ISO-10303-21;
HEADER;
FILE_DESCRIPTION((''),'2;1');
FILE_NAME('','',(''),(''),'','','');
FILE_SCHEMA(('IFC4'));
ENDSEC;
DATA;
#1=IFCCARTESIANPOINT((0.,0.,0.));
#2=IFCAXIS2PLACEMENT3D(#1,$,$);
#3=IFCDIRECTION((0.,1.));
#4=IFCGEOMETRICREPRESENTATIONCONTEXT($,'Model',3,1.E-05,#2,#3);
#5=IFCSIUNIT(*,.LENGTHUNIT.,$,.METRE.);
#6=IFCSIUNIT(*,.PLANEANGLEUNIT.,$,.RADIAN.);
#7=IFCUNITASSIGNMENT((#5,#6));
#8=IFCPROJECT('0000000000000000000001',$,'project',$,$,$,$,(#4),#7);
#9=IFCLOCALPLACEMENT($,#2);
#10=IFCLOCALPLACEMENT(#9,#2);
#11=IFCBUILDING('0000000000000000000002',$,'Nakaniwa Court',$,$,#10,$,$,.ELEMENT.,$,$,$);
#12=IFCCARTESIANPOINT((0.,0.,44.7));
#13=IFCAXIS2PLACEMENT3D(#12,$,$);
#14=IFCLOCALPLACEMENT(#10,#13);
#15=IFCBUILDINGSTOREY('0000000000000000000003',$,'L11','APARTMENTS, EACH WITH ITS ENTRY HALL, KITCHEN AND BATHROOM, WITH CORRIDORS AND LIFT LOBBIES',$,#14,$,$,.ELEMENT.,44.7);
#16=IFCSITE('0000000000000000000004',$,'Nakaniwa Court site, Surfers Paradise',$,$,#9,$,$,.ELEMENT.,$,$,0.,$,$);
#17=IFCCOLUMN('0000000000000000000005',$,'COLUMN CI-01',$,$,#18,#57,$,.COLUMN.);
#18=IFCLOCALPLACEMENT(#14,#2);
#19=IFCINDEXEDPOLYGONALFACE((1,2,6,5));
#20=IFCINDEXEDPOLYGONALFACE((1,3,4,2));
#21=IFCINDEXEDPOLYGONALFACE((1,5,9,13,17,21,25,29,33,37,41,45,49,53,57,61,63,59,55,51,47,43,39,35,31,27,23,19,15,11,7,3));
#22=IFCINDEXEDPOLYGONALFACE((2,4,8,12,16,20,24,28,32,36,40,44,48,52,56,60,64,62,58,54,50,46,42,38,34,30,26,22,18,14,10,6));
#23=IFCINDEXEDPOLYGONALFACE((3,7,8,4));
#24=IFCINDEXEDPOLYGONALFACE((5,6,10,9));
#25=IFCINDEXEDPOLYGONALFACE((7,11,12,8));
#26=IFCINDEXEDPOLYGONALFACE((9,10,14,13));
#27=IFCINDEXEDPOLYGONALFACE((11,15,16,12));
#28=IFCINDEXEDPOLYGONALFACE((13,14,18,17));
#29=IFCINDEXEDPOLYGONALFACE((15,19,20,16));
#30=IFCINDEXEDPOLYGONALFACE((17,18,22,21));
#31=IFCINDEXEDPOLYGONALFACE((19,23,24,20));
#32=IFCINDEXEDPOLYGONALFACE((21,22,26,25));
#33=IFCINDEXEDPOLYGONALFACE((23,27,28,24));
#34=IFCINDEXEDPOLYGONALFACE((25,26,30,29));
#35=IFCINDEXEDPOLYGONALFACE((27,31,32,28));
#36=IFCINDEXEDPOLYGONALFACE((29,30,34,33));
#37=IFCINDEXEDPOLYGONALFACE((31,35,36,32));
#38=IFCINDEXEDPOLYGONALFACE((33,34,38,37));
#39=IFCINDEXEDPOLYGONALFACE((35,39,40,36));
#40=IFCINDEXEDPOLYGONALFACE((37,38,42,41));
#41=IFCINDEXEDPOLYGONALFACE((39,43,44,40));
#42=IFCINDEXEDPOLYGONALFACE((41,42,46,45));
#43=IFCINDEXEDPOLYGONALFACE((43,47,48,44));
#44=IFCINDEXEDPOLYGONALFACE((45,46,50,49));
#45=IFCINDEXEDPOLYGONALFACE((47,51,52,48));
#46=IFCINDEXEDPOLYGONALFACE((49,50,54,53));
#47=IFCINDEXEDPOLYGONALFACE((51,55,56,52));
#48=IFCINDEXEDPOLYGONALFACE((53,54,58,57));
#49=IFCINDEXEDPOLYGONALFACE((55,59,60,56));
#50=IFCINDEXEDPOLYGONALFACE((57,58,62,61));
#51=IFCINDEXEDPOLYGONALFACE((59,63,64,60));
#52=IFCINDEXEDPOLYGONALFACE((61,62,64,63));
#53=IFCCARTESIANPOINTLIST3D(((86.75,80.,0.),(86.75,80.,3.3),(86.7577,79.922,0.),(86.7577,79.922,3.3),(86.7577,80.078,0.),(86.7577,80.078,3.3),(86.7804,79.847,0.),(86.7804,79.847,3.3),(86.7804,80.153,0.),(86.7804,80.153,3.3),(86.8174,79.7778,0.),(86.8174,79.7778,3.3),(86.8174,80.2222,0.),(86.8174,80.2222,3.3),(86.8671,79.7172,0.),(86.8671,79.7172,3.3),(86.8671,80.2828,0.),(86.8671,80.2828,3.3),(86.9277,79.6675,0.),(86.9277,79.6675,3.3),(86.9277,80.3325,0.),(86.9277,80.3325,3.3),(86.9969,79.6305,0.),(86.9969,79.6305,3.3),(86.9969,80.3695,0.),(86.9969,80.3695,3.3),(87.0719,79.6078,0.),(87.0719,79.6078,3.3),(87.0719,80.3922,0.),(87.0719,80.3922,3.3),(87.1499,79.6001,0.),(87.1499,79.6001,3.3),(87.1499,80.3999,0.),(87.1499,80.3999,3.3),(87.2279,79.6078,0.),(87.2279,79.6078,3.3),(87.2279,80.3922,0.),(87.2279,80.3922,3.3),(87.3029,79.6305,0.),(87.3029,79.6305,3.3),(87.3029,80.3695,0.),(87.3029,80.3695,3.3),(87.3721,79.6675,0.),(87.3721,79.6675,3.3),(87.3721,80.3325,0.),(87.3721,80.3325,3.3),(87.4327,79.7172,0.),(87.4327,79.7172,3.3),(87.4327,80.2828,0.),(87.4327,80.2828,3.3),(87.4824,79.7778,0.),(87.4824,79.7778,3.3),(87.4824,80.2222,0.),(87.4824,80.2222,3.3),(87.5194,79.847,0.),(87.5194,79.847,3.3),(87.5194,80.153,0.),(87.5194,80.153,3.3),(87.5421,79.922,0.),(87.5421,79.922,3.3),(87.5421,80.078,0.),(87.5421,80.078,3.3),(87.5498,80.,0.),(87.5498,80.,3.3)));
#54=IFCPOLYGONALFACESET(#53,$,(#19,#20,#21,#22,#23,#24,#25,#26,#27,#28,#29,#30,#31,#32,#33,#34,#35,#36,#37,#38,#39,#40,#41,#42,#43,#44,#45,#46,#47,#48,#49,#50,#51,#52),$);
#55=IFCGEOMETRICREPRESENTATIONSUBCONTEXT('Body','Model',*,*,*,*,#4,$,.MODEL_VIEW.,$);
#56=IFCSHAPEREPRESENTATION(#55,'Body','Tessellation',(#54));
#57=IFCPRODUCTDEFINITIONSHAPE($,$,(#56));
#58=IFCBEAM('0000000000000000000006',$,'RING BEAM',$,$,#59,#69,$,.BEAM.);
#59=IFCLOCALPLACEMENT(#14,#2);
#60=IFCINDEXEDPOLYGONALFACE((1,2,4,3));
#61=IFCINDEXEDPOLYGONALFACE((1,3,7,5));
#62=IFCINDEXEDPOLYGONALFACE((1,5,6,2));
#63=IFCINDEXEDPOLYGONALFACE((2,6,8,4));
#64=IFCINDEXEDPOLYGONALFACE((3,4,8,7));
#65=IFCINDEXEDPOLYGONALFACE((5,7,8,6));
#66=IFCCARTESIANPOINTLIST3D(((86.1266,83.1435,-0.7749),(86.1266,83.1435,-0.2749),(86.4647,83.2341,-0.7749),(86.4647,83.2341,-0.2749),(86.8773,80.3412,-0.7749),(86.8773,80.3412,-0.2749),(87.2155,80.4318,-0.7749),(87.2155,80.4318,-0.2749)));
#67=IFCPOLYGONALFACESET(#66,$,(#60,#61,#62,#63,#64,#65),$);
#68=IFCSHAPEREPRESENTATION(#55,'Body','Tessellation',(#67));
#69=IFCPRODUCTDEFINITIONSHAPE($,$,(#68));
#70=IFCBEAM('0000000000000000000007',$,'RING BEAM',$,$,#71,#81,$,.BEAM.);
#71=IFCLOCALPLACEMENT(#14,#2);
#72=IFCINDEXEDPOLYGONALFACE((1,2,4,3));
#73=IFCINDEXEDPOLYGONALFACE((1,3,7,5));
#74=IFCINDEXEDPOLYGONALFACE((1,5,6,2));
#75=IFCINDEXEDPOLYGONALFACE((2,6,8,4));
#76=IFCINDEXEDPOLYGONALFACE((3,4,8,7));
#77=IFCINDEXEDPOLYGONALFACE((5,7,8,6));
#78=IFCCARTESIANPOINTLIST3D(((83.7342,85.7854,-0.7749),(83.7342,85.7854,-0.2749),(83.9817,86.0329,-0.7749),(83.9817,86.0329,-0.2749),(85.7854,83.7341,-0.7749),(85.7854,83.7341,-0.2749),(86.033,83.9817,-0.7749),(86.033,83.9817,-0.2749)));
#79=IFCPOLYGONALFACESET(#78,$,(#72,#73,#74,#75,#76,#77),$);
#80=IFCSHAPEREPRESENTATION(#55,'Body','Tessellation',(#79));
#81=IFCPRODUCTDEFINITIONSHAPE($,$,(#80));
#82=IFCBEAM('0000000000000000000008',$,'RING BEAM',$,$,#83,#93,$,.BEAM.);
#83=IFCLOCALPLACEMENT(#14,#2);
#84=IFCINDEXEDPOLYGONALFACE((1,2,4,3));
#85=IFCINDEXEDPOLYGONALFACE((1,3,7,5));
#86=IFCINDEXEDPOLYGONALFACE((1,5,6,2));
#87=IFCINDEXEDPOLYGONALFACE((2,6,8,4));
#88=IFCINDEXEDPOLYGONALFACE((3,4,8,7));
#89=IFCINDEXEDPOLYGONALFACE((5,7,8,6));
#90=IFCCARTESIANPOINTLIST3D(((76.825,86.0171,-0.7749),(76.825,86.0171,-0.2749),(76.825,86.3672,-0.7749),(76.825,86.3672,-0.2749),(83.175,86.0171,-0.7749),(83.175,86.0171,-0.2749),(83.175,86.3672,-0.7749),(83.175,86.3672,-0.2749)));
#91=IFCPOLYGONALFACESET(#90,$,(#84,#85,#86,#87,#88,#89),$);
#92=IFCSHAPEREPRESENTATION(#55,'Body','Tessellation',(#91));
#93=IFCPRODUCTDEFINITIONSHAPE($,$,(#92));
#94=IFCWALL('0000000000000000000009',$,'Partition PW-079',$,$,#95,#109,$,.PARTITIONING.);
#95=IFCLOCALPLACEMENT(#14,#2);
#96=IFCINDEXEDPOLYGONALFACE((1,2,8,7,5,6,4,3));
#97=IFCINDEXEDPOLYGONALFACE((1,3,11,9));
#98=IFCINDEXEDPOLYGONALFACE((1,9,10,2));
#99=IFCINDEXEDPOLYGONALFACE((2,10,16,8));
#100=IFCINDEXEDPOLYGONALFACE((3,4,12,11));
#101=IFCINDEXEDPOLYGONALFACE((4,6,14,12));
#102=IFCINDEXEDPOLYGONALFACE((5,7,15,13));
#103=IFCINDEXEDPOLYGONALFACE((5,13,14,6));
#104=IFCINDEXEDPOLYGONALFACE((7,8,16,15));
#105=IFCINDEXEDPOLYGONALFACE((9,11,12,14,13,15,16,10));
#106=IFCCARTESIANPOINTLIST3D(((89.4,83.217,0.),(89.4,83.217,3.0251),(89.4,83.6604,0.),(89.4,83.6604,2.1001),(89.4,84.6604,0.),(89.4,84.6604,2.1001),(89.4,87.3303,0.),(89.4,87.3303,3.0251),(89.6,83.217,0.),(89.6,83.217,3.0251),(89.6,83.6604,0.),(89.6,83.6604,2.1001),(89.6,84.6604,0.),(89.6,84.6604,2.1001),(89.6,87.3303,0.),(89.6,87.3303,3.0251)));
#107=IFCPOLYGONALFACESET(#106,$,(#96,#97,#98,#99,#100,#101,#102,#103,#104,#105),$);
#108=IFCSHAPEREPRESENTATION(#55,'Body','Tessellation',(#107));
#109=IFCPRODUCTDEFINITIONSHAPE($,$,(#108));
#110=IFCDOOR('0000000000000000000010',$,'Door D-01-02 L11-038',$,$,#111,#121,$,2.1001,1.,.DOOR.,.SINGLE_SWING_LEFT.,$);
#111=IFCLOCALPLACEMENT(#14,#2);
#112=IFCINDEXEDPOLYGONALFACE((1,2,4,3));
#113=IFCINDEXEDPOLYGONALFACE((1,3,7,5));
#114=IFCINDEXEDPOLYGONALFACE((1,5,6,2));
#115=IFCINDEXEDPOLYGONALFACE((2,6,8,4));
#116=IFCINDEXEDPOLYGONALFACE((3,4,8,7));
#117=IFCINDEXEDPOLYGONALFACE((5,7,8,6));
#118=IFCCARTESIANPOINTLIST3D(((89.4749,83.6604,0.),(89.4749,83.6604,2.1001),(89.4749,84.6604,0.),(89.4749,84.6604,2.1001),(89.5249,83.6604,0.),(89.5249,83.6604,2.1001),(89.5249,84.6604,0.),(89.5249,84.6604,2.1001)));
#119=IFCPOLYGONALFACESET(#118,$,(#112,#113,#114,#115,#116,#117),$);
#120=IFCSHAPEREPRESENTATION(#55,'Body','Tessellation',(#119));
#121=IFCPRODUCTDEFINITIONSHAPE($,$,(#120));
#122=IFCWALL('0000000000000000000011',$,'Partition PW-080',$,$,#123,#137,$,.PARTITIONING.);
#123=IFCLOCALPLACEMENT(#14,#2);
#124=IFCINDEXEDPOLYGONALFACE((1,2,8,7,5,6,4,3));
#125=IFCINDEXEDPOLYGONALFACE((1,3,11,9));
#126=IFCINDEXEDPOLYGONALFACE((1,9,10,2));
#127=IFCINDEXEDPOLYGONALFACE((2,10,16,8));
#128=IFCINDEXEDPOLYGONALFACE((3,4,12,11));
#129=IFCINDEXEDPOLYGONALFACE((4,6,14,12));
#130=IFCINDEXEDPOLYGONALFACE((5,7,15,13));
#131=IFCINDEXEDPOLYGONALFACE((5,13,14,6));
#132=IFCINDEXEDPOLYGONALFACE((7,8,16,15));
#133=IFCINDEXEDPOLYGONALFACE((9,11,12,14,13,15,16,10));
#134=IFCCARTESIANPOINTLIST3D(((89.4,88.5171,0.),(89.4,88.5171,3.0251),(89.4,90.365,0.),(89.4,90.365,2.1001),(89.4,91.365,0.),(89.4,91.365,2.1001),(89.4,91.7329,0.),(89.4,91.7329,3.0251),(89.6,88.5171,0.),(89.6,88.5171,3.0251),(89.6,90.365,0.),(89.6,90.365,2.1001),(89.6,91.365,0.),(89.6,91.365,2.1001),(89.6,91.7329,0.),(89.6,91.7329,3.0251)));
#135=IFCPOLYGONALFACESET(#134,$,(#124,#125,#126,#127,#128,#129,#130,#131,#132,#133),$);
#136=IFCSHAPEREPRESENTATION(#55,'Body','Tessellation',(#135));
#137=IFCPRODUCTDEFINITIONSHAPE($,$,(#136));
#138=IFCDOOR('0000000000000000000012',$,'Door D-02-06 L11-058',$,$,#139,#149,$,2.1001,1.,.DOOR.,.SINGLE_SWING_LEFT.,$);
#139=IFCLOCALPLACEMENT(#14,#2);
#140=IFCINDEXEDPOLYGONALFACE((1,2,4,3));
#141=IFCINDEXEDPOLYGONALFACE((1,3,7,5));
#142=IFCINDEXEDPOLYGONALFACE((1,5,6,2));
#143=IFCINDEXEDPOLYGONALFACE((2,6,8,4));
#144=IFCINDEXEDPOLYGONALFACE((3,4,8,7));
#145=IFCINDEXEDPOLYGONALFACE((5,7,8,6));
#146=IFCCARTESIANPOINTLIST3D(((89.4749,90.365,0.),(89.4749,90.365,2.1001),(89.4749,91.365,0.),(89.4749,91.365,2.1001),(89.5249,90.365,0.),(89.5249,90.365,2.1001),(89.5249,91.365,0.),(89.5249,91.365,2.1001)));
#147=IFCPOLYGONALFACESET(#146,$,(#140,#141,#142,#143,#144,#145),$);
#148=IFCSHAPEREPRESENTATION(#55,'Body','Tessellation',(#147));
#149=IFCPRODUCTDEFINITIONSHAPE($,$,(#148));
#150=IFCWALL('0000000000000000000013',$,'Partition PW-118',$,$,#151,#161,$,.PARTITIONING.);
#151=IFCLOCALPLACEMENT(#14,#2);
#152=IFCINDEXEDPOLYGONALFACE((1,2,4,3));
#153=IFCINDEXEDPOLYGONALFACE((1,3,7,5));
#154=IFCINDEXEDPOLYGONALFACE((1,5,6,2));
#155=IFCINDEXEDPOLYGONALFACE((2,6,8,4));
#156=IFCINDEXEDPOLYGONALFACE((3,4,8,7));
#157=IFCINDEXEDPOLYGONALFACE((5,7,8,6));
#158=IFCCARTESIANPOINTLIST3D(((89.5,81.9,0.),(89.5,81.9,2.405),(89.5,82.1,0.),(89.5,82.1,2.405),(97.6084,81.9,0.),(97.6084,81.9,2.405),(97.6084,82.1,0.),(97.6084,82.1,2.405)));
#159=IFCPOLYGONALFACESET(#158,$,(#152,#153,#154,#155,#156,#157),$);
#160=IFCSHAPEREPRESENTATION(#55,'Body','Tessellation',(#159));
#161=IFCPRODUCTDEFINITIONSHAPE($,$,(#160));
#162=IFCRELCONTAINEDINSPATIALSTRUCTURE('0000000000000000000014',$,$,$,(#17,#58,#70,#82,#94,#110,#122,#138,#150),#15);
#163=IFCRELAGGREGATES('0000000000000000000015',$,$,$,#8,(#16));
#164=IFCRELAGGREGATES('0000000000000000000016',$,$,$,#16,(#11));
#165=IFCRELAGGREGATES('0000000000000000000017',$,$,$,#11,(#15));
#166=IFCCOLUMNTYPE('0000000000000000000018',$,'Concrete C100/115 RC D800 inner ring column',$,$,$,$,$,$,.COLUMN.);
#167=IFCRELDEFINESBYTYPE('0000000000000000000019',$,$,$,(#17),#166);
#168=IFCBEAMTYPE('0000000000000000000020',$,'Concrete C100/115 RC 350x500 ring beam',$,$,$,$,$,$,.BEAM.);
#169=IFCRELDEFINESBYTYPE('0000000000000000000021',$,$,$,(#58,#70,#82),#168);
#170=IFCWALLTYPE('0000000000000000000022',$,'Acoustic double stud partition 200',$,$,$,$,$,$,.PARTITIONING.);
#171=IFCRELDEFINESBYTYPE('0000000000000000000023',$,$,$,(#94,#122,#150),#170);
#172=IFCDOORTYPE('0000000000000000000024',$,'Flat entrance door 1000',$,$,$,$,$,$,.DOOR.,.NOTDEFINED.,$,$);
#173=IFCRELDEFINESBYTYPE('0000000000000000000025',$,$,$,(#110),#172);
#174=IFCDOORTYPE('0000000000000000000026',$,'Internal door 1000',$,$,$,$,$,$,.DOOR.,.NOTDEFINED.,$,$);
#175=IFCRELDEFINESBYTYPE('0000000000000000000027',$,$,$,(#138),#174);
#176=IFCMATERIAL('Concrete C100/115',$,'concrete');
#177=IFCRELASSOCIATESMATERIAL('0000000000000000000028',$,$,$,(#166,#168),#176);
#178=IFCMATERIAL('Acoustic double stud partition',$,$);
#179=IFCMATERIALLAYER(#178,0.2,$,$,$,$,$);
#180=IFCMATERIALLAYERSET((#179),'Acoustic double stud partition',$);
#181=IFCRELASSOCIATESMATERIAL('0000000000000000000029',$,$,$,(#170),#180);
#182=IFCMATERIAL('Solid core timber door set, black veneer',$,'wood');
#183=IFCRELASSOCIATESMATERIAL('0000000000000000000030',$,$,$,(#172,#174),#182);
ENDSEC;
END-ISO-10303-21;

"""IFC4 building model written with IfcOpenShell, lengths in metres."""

from ifc_helpers import new_model, si_unit, direction, frame, frame_2d, origin, origin_2d, place, context, subcontext, project, spatial, rectangle, circle, extrude, material, layer, layer_set, material_profile, profile_set, type_object, element, fill, save


model = new_model("IFC4")

# Units and contexts
model_context = context("Model", 3, precision=1e-05, world=origin(), true_north=direction((0.0, 1.0)))
body_context = subcontext(model_context, "Body", "Model", "MODEL_VIEW")
ifc_project = project(units=[si_unit("LENGTHUNIT", "METRE"), si_unit("PLANEANGLEUNIT", "RADIAN")], contexts=[model_context])

# Site, building, storey
site_placement = place(None, origin())
site = spatial("IfcSite", under=ifc_project, at=site_placement, Name="Nakaniwa Court site, Surfers Paradise", CompositionType="ELEMENT", RefElevation=0.0)
building_placement = place(site_placement, origin())
building = spatial("IfcBuilding", under=site, at=building_placement, Name="Nakaniwa Court", CompositionType="ELEMENT")
storey_placement = place(building_placement, frame((0.0, 0.0, 44.7)))
storey = spatial("IfcBuildingStorey", under=building, at=storey_placement, Name="L11", Description="APARTMENTS, EACH WITH ITS ENTRY HALL, KITCHEN AND BATHROOM, WITH CORRIDORS AND LIFT LOBBIES", CompositionType="ELEMENT", Elevation=44.7)

# Column
ifc_material_1 = material(Name="Concrete C100/115", Category="concrete")
ifc_material_profile_1 = material_profile(ifc_material_1, circle(Radius=0.3999, at=origin_2d()), Name="Concrete C100/115 RC D800 inner ring column")
ifc_profile_set_1 = profile_set([ifc_material_profile_1], Name="Concrete C100/115")
column_type = type_object("IfcColumnType", Name="Concrete C100/115 RC D800 inner ring column", PredefinedType="COLUMN", material=ifc_profile_set_1)
for number, where, z_axis, x_axis, name in (
    (1, (87.1499, 80.0, 0.0), (0.0, 0.0, 1.0), (0.0, 1.0, 0.0), "COLUMN CI-01"),
):
    element("IfcColumn", number, at=place(storey_placement, frame(where, z_axis=z_axis, x_axis=x_axis)), inside=storey, type_object=column_type, Name=name, PredefinedType="COLUMN", context=body_context, shape_type="SweptSolid", body=[
        extrude(circle(Radius=0.3999, at=origin_2d()), origin(), (0.0, 0.0, 1.0), 3.3),
    ])

# Beams
ifc_material_profile_2 = material_profile(ifc_material_1, rectangle(XDim=0.3501, YDim=0.5, at=origin_2d()), Name="Concrete C100/115 RC 350x500 ring beam")
ifc_profile_set_2 = profile_set([ifc_material_profile_2], Name="Concrete C100/115")
beam_type = type_object("IfcBeamType", Name="Concrete C100/115 RC 350x500 ring beam", PredefinedType="BEAM", material=ifc_profile_set_2)
beam_1_placement = place(storey_placement, frame((87.0464, 80.3865, -0.5249), z_axis=(-0.258778, 0.965937, 0.0), x_axis=(-0.965937, -0.258778, 0.0)))
element("IfcBeam", 2, at=beam_1_placement, inside=storey, type_object=beam_type, Name="RING BEAM", PredefinedType="BEAM", context=body_context, shape_type="SweptSolid", body=[
    extrude(rectangle(XDim=0.3501, YDim=0.5, at=origin_2d()), origin(), (0.0, 0.0, 1.0), 2.9011),
])
beam_2_placement = place(storey_placement, frame((85.9092, 83.8579, -0.5249), z_axis=(-0.707107, 0.707107, 0.0), x_axis=(-0.707107, -0.707107, 0.0)))
element("IfcBeam", 3, at=beam_2_placement, inside=storey, type_object=beam_type, Name="RING BEAM", PredefinedType="BEAM", context=body_context, shape_type="SweptSolid", body=[
    extrude(rectangle(XDim=0.3501, YDim=0.5, at=origin_2d()), origin(), (0.0, 0.0, 1.0), 2.9009),
])
beam_3_placement = place(storey_placement, frame((83.175, 86.1921, -0.5249), z_axis=(-1.0, 0.0, 0.0), x_axis=(0.0, -1.0, 0.0)))
element("IfcBeam", 4, at=beam_3_placement, inside=storey, type_object=beam_type, Name="RING BEAM", PredefinedType="BEAM", context=body_context, shape_type="SweptSolid", body=[
    extrude(rectangle(XDim=0.3501, YDim=0.5, at=origin_2d()), origin(), (0.0, 0.0, 1.0), 6.3501),
])

# Walls, openings, doors
ifc_material_2 = material(Name="Acoustic double stud partition")
ifc_layer_1 = layer(ifc_material_2, 0.2)
ifc_layer_set_1 = layer_set([ifc_layer_1], Name="Acoustic double stud partition")
wall_type_1 = type_object("IfcWallType", Name="Acoustic double stud partition 200", PredefinedType="PARTITIONING", material=ifc_layer_set_1)
wall_1_placement = place(storey_placement, frame((89.5, 87.3303, 0.0), z_axis=(0.0, 0.0, 1.0), x_axis=(0.0, -1.0, 0.0)))
wall_1 = element("IfcWall", 5, at=wall_1_placement, inside=storey, type_object=wall_type_1, Name="Partition PW-079", PredefinedType="PARTITIONING", context=body_context, shape_type="SweptSolid", body=[
    extrude(rectangle(XDim=4.1133, YDim=0.2, at=frame_2d((2.0566, 0.0))), origin(), (0.0, 0.0, 1.0), 3.0251),
])
opening_1_placement = place(wall_1_placement, frame((2.6699, 0.0, 0.0)))
opening_1 = element("IfcOpeningElement", 6, at=opening_1_placement, cuts=wall_1, PredefinedType="OPENING", context=body_context, shape_type="SweptSolid", body=[
    extrude(rectangle(XDim=1.0, YDim=2.1001, at=frame_2d((0.5, 1.05))), frame((0.0, 0.1099, 0.0), z_axis=(0.0, -1.0, 0.0), x_axis=(1.0, 0.0, 0.0)), (0.0, 0.0, 1.0), 0.22),
])
ifc_material_3 = material(Name="Solid core timber door set, black veneer", Category="wood")
door_type_1 = type_object("IfcDoorType", Name="Flat entrance door 1000", OperationType="NOTDEFINED", PredefinedType="DOOR", material=ifc_material_3)
door_1_placement = place(opening_1_placement, origin())
door_1 = element("IfcDoor", 7, at=door_1_placement, inside=storey, type_object=door_type_1, Name="Door D-01-02 L11-038", OperationType="SINGLE_SWING_LEFT", OverallHeight=2.1001, OverallWidth=1.0, PredefinedType="DOOR", context=body_context, shape_type="SweptSolid", body=[
    extrude(rectangle(XDim=1.0, YDim=2.1001, at=frame_2d((0.5, 1.05))), frame((0.0, 0.0249, 0.0), z_axis=(0.0, -1.0, 0.0), x_axis=(1.0, 0.0, 0.0)), (0.0, 0.0, 1.0), 0.05),
])
fill(opening_1, door_1)
wall_2_placement = place(storey_placement, frame((89.5, 91.7329, 0.0), z_axis=(0.0, 0.0, 1.0), x_axis=(0.0, -1.0, 0.0)))
wall_2 = element("IfcWall", 8, at=wall_2_placement, inside=storey, type_object=wall_type_1, Name="Partition PW-080", PredefinedType="PARTITIONING", context=body_context, shape_type="SweptSolid", body=[
    extrude(rectangle(XDim=3.2158, YDim=0.2, at=frame_2d((1.6079, 0.0))), origin(), (0.0, 0.0, 1.0), 3.0251),
])
opening_2_placement = place(wall_2_placement, frame((0.3679, 0.0, 0.0)))
opening_2 = element("IfcOpeningElement", 9, at=opening_2_placement, cuts=wall_2, PredefinedType="OPENING", context=body_context, shape_type="SweptSolid", body=[
    extrude(rectangle(XDim=1.0, YDim=2.1001, at=frame_2d((0.5, 1.05))), frame((0.0, 0.1099, 0.0), z_axis=(0.0, -1.0, 0.0), x_axis=(1.0, 0.0, 0.0)), (0.0, 0.0, 1.0), 0.22),
])
door_type_2 = type_object("IfcDoorType", Name="Internal door 1000", OperationType="NOTDEFINED", PredefinedType="DOOR", material=ifc_material_3)
door_2_placement = place(opening_2_placement, origin())
door_2 = element("IfcDoor", 10, at=door_2_placement, inside=storey, type_object=door_type_2, Name="Door D-02-06 L11-058", OperationType="SINGLE_SWING_LEFT", OverallHeight=2.1001, OverallWidth=1.0, PredefinedType="DOOR", context=body_context, shape_type="SweptSolid", body=[
    extrude(rectangle(XDim=1.0, YDim=2.1001, at=frame_2d((0.5, 1.05))), frame((0.0, 0.0249, 0.0), z_axis=(0.0, -1.0, 0.0), x_axis=(1.0, 0.0, 0.0)), (0.0, 0.0, 1.0), 0.05),
])
fill(opening_2, door_2)

# Wall
wall_3_placement = place(storey_placement, frame((89.5, 82.0, 0.0), z_axis=(0.0, 0.0, 1.0), x_axis=(1.0, 0.0, 0.0)))
element("IfcWall", 11, at=wall_3_placement, inside=storey, type_object=wall_type_1, Name="Partition PW-118", PredefinedType="PARTITIONING", context=body_context, shape_type="SweptSolid", body=[
    extrude(rectangle(XDim=8.1084, YDim=0.2, at=frame_2d((4.0542, 0.0))), origin(), (0.0, 0.0, 1.0), 2.405),
])

save(model, "model.ifc")
